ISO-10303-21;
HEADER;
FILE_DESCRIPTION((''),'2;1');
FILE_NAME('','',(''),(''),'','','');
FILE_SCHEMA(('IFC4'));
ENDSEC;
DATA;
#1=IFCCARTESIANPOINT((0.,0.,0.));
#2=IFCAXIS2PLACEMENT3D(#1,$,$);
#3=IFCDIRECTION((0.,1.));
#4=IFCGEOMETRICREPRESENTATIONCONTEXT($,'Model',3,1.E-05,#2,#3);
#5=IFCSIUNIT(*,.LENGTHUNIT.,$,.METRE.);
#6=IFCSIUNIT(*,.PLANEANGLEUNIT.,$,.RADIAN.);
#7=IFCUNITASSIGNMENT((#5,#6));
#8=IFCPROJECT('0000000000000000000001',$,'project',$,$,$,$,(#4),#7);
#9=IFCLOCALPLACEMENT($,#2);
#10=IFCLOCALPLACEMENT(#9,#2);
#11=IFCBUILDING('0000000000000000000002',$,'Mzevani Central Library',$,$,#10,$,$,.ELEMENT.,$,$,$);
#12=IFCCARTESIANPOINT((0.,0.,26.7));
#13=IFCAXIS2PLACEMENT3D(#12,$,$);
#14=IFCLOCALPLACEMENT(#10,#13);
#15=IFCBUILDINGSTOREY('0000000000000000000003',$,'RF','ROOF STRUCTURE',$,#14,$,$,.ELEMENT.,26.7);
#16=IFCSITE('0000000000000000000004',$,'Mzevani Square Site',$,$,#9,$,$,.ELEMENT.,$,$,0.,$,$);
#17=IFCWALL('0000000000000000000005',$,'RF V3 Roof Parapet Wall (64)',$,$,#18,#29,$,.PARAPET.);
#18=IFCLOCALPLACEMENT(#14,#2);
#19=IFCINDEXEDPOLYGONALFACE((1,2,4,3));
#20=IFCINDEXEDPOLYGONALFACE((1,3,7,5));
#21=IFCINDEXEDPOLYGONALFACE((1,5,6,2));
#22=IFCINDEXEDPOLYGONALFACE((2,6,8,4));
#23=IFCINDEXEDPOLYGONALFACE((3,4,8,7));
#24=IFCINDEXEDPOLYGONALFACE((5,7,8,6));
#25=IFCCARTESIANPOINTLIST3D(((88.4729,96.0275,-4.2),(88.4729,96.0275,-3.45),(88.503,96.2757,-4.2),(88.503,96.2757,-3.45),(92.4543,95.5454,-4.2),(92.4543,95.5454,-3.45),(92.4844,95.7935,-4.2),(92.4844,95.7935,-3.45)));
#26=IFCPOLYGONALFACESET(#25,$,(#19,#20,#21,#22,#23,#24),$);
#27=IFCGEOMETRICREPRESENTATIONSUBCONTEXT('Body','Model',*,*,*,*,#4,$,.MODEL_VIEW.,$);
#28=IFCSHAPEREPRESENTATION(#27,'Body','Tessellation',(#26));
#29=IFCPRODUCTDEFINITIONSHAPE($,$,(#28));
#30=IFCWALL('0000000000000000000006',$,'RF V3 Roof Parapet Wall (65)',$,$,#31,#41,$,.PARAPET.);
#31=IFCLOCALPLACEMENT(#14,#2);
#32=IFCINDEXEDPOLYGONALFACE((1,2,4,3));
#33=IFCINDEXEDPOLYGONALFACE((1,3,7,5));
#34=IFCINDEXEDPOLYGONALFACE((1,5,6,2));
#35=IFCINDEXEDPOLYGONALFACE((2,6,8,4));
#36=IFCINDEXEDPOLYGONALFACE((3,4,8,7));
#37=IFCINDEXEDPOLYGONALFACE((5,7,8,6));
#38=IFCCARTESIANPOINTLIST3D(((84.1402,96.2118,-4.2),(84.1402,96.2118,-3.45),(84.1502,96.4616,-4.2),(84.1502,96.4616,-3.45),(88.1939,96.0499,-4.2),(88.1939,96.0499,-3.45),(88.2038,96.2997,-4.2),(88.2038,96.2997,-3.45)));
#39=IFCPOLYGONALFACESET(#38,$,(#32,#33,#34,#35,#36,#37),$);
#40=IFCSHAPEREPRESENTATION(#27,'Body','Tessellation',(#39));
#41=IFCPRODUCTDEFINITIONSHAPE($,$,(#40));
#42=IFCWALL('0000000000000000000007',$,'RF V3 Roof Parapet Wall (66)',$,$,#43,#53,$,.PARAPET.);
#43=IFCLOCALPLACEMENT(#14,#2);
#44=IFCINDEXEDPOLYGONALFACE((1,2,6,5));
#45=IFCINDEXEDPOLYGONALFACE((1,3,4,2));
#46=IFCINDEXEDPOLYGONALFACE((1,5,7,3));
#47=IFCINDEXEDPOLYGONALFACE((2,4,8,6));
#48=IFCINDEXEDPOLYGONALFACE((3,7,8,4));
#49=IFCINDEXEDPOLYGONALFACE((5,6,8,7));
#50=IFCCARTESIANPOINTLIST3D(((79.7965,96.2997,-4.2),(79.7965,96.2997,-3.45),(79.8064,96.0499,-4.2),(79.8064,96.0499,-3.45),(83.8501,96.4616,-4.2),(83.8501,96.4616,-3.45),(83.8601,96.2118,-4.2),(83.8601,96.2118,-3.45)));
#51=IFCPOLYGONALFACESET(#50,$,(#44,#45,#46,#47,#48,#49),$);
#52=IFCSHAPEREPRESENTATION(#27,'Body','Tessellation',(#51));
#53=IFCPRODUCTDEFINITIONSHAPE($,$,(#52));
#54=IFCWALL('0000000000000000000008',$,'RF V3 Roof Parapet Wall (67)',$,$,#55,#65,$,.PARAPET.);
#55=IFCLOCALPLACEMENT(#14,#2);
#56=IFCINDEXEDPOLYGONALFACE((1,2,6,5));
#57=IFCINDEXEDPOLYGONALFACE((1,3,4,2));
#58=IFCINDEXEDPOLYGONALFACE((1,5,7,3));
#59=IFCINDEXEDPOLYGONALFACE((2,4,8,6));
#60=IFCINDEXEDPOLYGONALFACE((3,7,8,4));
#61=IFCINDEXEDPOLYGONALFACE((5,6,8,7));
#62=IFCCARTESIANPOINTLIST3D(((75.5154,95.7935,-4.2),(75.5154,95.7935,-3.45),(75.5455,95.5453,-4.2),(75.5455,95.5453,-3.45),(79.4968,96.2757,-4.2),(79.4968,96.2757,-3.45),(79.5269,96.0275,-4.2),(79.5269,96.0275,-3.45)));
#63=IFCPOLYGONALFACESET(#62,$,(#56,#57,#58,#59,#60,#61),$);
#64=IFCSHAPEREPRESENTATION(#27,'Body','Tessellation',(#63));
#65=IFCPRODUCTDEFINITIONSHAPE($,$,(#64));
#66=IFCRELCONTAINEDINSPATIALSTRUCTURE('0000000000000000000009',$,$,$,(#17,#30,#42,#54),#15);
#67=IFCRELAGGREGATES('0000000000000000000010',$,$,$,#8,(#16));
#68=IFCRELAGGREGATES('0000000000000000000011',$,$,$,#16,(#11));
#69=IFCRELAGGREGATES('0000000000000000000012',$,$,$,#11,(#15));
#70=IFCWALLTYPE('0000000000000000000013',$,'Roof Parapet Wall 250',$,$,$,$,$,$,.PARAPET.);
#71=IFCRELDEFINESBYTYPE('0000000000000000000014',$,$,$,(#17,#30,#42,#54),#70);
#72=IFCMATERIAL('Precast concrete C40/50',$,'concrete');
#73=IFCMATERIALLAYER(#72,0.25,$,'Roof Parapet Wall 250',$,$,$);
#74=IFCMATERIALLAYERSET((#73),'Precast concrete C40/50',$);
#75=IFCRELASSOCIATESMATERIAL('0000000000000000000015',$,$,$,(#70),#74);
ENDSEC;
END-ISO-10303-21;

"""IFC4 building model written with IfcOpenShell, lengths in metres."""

from ifc_helpers import new_model, si_unit, direction, frame, frame_2d, origin, place, context, subcontext, project, spatial, rectangle, extrude, material, layer, layer_set, type_object, element, save


model = new_model("IFC4")

# Units and contexts
model_context = context("Model", 3, precision=1e-05, world=origin(), true_north=direction((0.0, 1.0)))
body_context = subcontext(model_context, "Body", "Model", "MODEL_VIEW")
ifc_project = project(units=[si_unit("LENGTHUNIT", "METRE"), si_unit("PLANEANGLEUNIT", "RADIAN")], contexts=[model_context])

# Site, building, storey
site_placement = place(None, origin())
site = spatial("IfcSite", under=ifc_project, at=site_placement, Name="Mzevani Square Site", CompositionType="ELEMENT", RefElevation=0.0)
building_placement = place(site_placement, origin())
building = spatial("IfcBuilding", under=site, at=building_placement, Name="Mzevani Central Library", CompositionType="ELEMENT")
storey_placement = place(building_placement, frame((0.0, 0.0, 26.7)))
storey = spatial("IfcBuildingStorey", under=building, at=storey_placement, Name="RF", Description="ROOF STRUCTURE", CompositionType="ELEMENT", Elevation=26.7)

# Walls
ifc_material_1 = material(Name="Precast concrete C40/50", Category="concrete")
ifc_layer_1 = layer(ifc_material_1, 0.25, Name="Roof Parapet Wall 250")
ifc_layer_set_1 = layer_set([ifc_layer_1], Name="Precast concrete C40/50")
wall_type = type_object("IfcWallType", Name="Roof Parapet Wall 250", PredefinedType="PARAPET", material=ifc_layer_set_1)
wall_1_placement = place(storey_placement, frame((92.4695, 95.6694, -4.2), z_axis=(0.0, 0.0, 1.0), x_axis=(-0.992746, 0.120228, 0.0)))
element("IfcWall", 1, at=wall_1_placement, inside=storey, type_object=wall_type, Name="RF V3 Roof Parapet Wall (64)", PredefinedType="PARAPET", context=body_context, shape_type="SweptSolid", body=[
    extrude(rectangle(XDim=4.0105, YDim=0.25, at=frame_2d((2.0054, 0.0))), origin(), (0.0, 0.0, 1.0), 0.75),
])
for number, where, z_axis, x_axis, name in (
    (2, (88.1987, 96.1748, -4.2), (0.0, 0.0, 1.0), (-0.999204, 0.039898, 0.0), "RF V3 Roof Parapet Wall (65)"),
    (3, (83.855, 96.3367, -4.2), (0.0, 0.0, 1.0), (-0.999204, -0.039898, 0.0), "RF V3 Roof Parapet Wall (66)"),
):
    element("IfcWall", number, at=place(storey_placement, frame(where, z_axis=z_axis, x_axis=x_axis)), inside=storey, type_object=wall_type, Name=name, PredefinedType="PARAPET", context=body_context, shape_type="SweptSolid", body=[
        extrude(rectangle(XDim=4.0569, YDim=0.25, at=frame_2d((2.0283, 0.0))), origin(), (0.0, 0.0, 1.0), 0.75),
    ])
wall_2_placement = place(storey_placement, frame((79.512, 96.1516, -4.2), z_axis=(0.0, 0.0, 1.0), x_axis=(-0.992746, -0.120228, 0.0)))
element("IfcWall", 4, at=wall_2_placement, inside=storey, type_object=wall_type, Name="RF V3 Roof Parapet Wall (67)", PredefinedType="PARAPET", context=body_context, shape_type="SweptSolid", body=[
    extrude(rectangle(XDim=4.0105, YDim=0.25, at=frame_2d((2.0054, 0.0))), origin(), (0.0, 0.0, 1.0), 0.75),
])

save(model, "model.ifc")
